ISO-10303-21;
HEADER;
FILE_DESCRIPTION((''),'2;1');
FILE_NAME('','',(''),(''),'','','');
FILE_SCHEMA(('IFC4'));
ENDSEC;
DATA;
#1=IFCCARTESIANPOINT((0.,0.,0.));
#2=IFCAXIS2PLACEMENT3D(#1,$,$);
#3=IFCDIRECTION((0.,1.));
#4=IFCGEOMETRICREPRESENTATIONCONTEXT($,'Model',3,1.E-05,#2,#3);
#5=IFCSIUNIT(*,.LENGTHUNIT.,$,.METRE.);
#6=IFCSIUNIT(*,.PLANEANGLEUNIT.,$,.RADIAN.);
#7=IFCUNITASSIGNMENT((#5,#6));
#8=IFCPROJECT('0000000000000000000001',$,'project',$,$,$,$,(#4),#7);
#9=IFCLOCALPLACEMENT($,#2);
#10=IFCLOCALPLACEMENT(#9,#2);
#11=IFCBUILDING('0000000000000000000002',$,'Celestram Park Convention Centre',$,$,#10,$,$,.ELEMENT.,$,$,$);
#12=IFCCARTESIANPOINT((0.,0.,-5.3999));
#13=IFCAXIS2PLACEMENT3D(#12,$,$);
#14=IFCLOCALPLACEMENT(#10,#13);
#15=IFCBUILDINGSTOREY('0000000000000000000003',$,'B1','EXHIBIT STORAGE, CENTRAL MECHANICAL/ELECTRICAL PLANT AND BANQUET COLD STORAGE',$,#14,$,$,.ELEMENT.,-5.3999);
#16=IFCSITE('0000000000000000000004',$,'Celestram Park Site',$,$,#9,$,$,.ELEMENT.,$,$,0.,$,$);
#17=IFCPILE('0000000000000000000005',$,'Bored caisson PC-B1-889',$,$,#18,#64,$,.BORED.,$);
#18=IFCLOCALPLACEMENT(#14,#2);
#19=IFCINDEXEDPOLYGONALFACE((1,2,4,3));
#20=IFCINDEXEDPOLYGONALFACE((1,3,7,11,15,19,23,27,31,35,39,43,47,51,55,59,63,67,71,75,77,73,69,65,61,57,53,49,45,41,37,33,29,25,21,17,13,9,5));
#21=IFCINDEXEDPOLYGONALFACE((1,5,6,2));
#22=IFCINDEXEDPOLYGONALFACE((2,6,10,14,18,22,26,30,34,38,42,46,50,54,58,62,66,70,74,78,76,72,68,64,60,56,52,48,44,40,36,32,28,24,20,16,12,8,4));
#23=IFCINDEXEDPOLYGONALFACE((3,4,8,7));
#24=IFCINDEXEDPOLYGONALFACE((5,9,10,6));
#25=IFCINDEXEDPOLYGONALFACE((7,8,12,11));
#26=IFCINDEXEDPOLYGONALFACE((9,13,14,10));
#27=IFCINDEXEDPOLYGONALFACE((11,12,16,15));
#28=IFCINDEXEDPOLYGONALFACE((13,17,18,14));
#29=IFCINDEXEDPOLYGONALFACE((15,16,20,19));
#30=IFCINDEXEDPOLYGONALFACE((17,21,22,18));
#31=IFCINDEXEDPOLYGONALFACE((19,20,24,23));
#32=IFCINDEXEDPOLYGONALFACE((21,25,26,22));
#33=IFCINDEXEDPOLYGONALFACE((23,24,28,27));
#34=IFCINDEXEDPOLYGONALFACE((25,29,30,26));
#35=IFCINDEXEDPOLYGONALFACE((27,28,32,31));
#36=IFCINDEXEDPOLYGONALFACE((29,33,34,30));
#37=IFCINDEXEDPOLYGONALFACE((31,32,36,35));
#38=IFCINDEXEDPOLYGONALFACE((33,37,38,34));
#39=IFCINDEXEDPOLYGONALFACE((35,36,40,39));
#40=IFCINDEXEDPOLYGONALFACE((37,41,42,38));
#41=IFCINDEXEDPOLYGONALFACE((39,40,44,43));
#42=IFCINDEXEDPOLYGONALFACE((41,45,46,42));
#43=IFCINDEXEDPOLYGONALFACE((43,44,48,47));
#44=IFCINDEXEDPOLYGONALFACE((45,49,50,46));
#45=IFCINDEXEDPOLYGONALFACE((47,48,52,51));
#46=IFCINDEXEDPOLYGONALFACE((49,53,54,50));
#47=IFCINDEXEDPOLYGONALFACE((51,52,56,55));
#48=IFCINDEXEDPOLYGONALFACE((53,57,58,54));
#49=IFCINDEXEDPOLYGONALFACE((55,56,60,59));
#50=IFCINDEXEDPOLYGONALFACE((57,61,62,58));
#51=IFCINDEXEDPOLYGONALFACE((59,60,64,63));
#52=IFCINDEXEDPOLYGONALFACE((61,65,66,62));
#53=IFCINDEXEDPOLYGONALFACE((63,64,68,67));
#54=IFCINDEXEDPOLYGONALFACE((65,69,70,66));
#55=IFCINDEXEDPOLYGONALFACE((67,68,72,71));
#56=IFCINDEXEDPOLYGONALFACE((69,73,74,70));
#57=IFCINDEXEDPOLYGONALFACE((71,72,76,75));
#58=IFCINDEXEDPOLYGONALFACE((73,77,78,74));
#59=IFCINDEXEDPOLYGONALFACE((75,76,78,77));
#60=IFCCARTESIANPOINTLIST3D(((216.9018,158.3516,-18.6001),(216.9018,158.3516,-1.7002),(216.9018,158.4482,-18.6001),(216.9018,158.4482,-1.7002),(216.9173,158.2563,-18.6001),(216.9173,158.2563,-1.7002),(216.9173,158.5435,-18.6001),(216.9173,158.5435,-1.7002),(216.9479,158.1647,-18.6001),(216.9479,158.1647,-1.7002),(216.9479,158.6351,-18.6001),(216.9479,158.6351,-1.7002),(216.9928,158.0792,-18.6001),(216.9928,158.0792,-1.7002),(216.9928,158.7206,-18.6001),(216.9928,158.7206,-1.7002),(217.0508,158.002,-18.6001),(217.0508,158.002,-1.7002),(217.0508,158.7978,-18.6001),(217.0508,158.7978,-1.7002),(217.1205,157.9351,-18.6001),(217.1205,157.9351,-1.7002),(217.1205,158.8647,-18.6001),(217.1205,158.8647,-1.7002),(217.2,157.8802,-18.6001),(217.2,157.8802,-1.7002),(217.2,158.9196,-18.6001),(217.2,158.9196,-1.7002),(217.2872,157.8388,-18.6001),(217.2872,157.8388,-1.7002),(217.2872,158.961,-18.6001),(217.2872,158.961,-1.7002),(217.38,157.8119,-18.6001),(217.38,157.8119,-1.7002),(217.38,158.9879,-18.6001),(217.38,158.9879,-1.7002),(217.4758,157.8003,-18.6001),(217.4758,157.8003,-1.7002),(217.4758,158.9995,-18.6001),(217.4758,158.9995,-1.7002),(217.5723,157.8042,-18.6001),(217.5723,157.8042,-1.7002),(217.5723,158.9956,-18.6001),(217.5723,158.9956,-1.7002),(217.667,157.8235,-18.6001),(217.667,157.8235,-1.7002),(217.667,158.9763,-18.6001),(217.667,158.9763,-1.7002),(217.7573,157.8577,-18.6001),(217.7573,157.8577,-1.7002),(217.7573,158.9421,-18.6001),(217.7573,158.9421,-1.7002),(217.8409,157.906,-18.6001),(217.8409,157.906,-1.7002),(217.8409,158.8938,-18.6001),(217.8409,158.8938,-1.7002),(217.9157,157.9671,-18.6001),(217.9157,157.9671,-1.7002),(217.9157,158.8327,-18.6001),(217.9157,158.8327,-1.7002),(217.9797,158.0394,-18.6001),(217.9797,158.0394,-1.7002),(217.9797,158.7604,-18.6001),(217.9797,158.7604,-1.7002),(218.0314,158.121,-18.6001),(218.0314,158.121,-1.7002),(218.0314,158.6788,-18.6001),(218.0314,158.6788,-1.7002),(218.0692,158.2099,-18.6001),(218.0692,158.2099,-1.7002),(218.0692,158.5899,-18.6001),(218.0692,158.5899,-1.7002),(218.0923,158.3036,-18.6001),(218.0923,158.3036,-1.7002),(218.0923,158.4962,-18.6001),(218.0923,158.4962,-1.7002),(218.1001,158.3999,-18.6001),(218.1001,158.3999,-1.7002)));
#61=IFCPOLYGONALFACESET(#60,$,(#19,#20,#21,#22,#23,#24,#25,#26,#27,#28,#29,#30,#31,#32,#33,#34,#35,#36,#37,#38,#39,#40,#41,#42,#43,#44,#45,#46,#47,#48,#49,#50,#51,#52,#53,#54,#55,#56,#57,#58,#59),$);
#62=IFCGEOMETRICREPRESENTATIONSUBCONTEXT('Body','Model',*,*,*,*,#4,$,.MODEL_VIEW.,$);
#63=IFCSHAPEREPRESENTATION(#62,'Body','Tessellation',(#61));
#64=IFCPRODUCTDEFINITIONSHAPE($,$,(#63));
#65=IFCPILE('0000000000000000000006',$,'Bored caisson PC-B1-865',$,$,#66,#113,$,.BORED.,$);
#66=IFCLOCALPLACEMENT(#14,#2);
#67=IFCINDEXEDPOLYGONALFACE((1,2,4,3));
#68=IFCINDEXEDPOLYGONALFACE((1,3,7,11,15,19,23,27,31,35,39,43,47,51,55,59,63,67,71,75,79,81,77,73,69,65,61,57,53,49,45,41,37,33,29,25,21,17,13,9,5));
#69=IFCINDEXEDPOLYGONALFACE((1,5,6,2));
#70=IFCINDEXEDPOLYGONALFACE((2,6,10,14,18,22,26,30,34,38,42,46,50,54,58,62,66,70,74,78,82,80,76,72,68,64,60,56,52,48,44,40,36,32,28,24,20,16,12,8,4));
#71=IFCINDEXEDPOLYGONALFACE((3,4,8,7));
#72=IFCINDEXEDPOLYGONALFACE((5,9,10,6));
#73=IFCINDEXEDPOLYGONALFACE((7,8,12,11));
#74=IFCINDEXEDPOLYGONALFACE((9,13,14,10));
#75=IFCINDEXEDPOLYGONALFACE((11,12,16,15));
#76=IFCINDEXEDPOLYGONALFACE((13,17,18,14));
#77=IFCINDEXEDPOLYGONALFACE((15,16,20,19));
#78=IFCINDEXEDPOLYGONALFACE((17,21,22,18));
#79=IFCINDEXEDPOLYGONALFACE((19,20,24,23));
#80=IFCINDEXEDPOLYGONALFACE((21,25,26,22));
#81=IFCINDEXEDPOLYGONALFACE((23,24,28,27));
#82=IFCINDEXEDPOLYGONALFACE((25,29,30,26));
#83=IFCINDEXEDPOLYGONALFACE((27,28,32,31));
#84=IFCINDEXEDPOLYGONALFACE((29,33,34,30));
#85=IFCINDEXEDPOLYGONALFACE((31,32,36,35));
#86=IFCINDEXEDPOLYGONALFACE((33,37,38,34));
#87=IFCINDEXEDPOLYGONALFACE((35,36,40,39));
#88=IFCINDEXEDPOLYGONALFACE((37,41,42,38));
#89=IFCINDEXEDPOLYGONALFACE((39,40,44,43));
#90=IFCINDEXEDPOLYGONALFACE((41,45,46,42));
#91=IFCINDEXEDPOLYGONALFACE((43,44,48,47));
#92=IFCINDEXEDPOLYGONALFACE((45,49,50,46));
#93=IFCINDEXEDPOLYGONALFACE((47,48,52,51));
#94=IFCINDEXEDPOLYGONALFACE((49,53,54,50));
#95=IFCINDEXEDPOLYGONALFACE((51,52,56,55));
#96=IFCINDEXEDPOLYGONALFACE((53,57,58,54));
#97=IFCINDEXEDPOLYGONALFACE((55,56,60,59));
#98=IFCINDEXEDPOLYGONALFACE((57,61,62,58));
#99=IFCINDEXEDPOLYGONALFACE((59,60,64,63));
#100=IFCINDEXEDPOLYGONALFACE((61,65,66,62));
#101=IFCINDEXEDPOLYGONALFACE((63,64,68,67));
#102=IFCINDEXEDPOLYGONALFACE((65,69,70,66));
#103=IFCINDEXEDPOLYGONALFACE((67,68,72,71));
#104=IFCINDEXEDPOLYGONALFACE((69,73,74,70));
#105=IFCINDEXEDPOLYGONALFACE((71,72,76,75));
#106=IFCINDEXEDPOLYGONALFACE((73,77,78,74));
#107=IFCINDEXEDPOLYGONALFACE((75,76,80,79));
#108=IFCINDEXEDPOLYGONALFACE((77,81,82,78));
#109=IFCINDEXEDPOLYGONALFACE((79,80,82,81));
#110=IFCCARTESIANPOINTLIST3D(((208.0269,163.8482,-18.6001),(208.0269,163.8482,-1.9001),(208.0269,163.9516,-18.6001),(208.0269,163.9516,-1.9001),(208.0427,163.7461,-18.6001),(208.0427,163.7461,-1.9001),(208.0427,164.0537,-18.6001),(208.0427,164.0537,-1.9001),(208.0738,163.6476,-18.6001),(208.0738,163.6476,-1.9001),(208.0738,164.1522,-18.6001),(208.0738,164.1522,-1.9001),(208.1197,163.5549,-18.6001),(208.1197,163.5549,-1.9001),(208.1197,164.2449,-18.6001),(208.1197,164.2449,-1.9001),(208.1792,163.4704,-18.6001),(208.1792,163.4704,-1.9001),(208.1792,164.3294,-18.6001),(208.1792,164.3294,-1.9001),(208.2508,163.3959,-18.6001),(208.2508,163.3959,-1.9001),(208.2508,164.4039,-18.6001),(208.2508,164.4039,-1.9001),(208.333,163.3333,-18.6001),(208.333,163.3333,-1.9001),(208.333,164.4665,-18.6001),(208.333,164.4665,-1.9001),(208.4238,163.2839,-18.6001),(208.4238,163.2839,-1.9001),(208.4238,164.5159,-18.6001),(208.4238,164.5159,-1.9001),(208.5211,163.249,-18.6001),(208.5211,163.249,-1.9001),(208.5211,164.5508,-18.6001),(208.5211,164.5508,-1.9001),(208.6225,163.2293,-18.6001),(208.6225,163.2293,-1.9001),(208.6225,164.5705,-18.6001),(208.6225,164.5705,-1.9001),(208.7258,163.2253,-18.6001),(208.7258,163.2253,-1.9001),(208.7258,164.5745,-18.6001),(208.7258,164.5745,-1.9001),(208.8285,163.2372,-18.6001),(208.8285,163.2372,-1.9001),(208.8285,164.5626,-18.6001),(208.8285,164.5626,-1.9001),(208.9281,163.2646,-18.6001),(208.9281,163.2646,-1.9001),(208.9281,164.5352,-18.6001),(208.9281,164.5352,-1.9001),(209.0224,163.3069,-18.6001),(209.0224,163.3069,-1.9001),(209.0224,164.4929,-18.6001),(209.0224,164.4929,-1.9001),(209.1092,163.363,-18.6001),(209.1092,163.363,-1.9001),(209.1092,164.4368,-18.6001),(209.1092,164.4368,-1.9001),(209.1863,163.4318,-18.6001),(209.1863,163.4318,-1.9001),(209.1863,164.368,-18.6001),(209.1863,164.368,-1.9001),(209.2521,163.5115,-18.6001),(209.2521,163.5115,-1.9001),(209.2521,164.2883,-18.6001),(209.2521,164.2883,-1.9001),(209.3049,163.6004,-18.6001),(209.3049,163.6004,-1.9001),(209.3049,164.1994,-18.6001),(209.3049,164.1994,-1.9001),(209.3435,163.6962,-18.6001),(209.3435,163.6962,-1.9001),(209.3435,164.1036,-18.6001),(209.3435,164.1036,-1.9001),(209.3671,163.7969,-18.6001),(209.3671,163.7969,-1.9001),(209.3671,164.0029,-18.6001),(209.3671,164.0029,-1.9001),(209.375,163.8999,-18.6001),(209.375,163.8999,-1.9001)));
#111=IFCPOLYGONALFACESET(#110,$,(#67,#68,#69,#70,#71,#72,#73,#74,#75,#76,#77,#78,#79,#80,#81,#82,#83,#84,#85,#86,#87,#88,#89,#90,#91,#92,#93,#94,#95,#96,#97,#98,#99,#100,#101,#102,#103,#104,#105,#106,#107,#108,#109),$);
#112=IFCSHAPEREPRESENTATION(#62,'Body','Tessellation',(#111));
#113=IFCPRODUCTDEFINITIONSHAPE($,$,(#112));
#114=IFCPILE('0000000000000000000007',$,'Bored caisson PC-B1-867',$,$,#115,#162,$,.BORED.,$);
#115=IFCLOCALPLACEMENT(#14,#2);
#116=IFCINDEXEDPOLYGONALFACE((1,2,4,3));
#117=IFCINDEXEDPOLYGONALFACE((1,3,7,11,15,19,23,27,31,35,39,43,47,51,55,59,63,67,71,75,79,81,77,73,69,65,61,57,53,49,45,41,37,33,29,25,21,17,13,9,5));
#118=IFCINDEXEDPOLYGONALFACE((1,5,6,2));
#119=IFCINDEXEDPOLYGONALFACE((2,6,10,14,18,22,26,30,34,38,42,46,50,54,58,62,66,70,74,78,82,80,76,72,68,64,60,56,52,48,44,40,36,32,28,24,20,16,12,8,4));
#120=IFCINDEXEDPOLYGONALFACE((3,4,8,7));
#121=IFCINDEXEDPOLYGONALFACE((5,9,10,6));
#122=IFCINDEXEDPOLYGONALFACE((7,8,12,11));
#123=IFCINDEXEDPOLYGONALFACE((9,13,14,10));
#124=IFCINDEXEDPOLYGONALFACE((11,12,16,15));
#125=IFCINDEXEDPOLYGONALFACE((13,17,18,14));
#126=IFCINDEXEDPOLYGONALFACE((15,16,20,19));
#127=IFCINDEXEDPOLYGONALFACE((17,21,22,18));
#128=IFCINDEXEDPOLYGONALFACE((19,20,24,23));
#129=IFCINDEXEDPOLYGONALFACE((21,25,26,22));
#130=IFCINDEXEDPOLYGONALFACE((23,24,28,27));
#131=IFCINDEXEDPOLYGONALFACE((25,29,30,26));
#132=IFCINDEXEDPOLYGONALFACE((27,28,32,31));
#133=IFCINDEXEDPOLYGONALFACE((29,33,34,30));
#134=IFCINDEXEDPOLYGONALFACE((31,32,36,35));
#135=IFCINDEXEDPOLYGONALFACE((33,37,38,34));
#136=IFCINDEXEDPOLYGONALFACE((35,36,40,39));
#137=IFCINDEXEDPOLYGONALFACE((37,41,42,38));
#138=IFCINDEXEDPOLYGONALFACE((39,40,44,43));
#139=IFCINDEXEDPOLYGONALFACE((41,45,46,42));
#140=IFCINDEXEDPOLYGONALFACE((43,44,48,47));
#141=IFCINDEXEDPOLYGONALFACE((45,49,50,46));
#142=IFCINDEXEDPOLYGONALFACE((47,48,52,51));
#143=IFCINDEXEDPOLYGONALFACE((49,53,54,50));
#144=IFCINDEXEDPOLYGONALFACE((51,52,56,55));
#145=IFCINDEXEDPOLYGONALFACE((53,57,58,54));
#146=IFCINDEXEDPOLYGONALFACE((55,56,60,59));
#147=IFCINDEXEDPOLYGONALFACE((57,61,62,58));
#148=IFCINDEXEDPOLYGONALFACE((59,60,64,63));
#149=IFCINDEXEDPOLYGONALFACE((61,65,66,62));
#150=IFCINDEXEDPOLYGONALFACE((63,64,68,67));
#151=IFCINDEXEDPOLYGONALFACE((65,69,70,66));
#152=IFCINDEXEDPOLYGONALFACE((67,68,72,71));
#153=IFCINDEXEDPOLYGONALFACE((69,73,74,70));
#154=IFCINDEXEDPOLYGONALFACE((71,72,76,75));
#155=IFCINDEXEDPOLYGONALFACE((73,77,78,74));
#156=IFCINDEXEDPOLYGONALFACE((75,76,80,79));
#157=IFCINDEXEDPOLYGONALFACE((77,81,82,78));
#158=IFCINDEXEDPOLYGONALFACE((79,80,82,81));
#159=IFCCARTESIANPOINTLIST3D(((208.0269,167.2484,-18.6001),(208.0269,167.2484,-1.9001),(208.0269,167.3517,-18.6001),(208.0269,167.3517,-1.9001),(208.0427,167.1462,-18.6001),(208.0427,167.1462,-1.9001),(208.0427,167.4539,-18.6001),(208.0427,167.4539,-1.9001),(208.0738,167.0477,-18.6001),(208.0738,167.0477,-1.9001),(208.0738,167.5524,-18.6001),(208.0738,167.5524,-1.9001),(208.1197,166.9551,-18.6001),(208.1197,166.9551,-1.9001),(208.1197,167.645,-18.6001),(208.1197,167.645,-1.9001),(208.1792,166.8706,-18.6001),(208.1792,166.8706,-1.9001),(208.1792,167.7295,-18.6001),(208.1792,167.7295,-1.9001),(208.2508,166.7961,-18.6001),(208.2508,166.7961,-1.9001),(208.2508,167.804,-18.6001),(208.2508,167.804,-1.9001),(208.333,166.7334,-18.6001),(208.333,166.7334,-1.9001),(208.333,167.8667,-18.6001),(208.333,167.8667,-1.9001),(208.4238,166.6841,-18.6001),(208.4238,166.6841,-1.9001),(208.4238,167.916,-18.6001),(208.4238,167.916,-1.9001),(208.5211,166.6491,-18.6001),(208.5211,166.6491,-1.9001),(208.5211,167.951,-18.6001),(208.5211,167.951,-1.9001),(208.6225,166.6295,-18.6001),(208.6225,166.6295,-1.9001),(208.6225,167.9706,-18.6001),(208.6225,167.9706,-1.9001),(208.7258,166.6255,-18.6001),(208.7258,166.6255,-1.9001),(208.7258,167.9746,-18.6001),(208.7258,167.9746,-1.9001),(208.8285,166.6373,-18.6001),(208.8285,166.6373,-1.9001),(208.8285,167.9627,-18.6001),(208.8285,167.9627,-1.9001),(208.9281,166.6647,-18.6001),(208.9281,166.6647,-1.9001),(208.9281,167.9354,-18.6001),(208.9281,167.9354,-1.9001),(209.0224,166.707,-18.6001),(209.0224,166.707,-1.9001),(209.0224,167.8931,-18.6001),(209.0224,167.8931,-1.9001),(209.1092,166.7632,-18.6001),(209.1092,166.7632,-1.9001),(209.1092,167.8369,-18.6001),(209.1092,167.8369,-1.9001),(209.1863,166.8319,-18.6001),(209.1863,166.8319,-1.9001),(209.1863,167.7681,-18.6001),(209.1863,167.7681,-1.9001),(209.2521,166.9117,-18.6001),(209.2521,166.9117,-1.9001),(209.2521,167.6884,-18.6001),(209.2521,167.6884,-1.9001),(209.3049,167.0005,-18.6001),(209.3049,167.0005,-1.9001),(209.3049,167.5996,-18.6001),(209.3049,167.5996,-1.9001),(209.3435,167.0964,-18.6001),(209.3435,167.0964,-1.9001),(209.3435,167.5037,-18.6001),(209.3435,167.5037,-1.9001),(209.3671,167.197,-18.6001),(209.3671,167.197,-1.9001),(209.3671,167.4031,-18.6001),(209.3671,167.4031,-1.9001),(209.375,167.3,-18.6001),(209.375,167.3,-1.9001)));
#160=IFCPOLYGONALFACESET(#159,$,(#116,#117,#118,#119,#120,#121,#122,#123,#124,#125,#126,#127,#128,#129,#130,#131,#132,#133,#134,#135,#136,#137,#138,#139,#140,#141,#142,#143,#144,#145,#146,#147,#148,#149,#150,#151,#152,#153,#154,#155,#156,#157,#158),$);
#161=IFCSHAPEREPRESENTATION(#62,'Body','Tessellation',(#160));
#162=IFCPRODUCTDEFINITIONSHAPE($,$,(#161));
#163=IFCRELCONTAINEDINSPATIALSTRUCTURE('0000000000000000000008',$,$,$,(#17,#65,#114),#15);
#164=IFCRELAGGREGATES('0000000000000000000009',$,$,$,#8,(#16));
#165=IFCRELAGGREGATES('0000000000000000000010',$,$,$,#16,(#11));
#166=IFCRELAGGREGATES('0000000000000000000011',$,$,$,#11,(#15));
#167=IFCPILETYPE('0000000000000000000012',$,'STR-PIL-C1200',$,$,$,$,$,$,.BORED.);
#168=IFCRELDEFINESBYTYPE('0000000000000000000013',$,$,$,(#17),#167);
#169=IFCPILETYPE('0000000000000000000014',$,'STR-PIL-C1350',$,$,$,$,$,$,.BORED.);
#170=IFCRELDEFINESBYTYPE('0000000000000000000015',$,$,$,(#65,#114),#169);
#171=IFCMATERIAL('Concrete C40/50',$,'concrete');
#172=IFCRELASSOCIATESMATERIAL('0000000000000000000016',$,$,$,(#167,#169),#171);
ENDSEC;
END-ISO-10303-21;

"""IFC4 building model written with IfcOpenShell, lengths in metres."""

from ifc_helpers import new_model, si_unit, direction, frame, origin, origin_2d, place, context, subcontext, project, spatial, circle, extrude, material, material_profile, profile_set, type_object, element, save


model = new_model("IFC4")

# Units and contexts
model_context = context("Model", 3, precision=1e-05, world=origin(), true_north=direction((0.0, 1.0)))
body_context = subcontext(model_context, "Body", "Model", "MODEL_VIEW")
ifc_project = project(units=[si_unit("LENGTHUNIT", "METRE"), si_unit("PLANEANGLEUNIT", "RADIAN")], contexts=[model_context])

# Site, building, storey
site_placement = place(None, origin())
site = spatial("IfcSite", under=ifc_project, at=site_placement, Name="Celestram Park Site", CompositionType="ELEMENT", RefElevation=0.0)
building_placement = place(site_placement, origin())
building = spatial("IfcBuilding", under=site, at=building_placement, Name="Celestram Park Convention Centre", CompositionType="ELEMENT")
storey_placement = place(building_placement, frame((0.0, 0.0, -5.3999)))
storey = spatial("IfcBuildingStorey", under=building, at=storey_placement, Name="B1", Description="EXHIBIT STORAGE, CENTRAL MECHANICAL/ELECTRICAL PLANT AND BANQUET COLD STORAGE", CompositionType="ELEMENT", Elevation=-5.3999)

# Shared definitions
ifc_material_1 = material(Name="Concrete C40/50", Category="concrete")

# Piles
ifc_material_profile_1 = material_profile(ifc_material_1, circle(Radius=0.6001, at=origin_2d()), Name="CAISSON1200")
ifc_profile_set_1 = profile_set([ifc_material_profile_1], Name="Concrete C40/50")
pile_type_1 = type_object("IfcPileType", Name="STR-PIL-C1200", PredefinedType="BORED", material=ifc_profile_set_1)
for number, where, z_axis, x_axis, name in (
    (1, (217.5, 158.3999, -1.7002), (0.0, 0.0, -1.0), (1.0, 0.0, 0.0), "Bored caisson PC-B1-889"),
):
    element("IfcPile", number, at=place(storey_placement, frame(where, z_axis=z_axis, x_axis=x_axis)), inside=storey, type_object=pile_type_1, Name=name, PredefinedType="BORED", context=body_context, shape_type="SweptSolid", body=[
        extrude(circle(Radius=0.6001, at=origin_2d()), origin(), (0.0, 0.0, 1.0), 16.8999),
    ])
ifc_material_profile_2 = material_profile(ifc_material_1, circle(Radius=0.675, at=origin_2d()), Name="CAISSON1350")
ifc_profile_set_2 = profile_set([ifc_material_profile_2], Name="Concrete C40/50")
pile_type_2 = type_object("IfcPileType", Name="STR-PIL-C1350", PredefinedType="BORED", material=ifc_profile_set_2)
for number, where, z_axis, x_axis, name in (
    (2, (208.7, 163.8999, -1.9001), (0.0, 0.0, -1.0), (1.0, 0.0, 0.0), "Bored caisson PC-B1-865"),
    (3, (208.7, 167.3, -1.9001), (0.0, 0.0, -1.0), (1.0, 0.0, 0.0), "Bored caisson PC-B1-867"),
):
    element("IfcPile", number, at=place(storey_placement, frame(where, z_axis=z_axis, x_axis=x_axis)), inside=storey, type_object=pile_type_2, Name=name, PredefinedType="BORED", context=body_context, shape_type="SweptSolid", body=[
        extrude(circle(Radius=0.675, at=origin_2d()), origin(), (0.0, 0.0, 1.0), 16.7),
    ])

save(model, "model.ifc")
